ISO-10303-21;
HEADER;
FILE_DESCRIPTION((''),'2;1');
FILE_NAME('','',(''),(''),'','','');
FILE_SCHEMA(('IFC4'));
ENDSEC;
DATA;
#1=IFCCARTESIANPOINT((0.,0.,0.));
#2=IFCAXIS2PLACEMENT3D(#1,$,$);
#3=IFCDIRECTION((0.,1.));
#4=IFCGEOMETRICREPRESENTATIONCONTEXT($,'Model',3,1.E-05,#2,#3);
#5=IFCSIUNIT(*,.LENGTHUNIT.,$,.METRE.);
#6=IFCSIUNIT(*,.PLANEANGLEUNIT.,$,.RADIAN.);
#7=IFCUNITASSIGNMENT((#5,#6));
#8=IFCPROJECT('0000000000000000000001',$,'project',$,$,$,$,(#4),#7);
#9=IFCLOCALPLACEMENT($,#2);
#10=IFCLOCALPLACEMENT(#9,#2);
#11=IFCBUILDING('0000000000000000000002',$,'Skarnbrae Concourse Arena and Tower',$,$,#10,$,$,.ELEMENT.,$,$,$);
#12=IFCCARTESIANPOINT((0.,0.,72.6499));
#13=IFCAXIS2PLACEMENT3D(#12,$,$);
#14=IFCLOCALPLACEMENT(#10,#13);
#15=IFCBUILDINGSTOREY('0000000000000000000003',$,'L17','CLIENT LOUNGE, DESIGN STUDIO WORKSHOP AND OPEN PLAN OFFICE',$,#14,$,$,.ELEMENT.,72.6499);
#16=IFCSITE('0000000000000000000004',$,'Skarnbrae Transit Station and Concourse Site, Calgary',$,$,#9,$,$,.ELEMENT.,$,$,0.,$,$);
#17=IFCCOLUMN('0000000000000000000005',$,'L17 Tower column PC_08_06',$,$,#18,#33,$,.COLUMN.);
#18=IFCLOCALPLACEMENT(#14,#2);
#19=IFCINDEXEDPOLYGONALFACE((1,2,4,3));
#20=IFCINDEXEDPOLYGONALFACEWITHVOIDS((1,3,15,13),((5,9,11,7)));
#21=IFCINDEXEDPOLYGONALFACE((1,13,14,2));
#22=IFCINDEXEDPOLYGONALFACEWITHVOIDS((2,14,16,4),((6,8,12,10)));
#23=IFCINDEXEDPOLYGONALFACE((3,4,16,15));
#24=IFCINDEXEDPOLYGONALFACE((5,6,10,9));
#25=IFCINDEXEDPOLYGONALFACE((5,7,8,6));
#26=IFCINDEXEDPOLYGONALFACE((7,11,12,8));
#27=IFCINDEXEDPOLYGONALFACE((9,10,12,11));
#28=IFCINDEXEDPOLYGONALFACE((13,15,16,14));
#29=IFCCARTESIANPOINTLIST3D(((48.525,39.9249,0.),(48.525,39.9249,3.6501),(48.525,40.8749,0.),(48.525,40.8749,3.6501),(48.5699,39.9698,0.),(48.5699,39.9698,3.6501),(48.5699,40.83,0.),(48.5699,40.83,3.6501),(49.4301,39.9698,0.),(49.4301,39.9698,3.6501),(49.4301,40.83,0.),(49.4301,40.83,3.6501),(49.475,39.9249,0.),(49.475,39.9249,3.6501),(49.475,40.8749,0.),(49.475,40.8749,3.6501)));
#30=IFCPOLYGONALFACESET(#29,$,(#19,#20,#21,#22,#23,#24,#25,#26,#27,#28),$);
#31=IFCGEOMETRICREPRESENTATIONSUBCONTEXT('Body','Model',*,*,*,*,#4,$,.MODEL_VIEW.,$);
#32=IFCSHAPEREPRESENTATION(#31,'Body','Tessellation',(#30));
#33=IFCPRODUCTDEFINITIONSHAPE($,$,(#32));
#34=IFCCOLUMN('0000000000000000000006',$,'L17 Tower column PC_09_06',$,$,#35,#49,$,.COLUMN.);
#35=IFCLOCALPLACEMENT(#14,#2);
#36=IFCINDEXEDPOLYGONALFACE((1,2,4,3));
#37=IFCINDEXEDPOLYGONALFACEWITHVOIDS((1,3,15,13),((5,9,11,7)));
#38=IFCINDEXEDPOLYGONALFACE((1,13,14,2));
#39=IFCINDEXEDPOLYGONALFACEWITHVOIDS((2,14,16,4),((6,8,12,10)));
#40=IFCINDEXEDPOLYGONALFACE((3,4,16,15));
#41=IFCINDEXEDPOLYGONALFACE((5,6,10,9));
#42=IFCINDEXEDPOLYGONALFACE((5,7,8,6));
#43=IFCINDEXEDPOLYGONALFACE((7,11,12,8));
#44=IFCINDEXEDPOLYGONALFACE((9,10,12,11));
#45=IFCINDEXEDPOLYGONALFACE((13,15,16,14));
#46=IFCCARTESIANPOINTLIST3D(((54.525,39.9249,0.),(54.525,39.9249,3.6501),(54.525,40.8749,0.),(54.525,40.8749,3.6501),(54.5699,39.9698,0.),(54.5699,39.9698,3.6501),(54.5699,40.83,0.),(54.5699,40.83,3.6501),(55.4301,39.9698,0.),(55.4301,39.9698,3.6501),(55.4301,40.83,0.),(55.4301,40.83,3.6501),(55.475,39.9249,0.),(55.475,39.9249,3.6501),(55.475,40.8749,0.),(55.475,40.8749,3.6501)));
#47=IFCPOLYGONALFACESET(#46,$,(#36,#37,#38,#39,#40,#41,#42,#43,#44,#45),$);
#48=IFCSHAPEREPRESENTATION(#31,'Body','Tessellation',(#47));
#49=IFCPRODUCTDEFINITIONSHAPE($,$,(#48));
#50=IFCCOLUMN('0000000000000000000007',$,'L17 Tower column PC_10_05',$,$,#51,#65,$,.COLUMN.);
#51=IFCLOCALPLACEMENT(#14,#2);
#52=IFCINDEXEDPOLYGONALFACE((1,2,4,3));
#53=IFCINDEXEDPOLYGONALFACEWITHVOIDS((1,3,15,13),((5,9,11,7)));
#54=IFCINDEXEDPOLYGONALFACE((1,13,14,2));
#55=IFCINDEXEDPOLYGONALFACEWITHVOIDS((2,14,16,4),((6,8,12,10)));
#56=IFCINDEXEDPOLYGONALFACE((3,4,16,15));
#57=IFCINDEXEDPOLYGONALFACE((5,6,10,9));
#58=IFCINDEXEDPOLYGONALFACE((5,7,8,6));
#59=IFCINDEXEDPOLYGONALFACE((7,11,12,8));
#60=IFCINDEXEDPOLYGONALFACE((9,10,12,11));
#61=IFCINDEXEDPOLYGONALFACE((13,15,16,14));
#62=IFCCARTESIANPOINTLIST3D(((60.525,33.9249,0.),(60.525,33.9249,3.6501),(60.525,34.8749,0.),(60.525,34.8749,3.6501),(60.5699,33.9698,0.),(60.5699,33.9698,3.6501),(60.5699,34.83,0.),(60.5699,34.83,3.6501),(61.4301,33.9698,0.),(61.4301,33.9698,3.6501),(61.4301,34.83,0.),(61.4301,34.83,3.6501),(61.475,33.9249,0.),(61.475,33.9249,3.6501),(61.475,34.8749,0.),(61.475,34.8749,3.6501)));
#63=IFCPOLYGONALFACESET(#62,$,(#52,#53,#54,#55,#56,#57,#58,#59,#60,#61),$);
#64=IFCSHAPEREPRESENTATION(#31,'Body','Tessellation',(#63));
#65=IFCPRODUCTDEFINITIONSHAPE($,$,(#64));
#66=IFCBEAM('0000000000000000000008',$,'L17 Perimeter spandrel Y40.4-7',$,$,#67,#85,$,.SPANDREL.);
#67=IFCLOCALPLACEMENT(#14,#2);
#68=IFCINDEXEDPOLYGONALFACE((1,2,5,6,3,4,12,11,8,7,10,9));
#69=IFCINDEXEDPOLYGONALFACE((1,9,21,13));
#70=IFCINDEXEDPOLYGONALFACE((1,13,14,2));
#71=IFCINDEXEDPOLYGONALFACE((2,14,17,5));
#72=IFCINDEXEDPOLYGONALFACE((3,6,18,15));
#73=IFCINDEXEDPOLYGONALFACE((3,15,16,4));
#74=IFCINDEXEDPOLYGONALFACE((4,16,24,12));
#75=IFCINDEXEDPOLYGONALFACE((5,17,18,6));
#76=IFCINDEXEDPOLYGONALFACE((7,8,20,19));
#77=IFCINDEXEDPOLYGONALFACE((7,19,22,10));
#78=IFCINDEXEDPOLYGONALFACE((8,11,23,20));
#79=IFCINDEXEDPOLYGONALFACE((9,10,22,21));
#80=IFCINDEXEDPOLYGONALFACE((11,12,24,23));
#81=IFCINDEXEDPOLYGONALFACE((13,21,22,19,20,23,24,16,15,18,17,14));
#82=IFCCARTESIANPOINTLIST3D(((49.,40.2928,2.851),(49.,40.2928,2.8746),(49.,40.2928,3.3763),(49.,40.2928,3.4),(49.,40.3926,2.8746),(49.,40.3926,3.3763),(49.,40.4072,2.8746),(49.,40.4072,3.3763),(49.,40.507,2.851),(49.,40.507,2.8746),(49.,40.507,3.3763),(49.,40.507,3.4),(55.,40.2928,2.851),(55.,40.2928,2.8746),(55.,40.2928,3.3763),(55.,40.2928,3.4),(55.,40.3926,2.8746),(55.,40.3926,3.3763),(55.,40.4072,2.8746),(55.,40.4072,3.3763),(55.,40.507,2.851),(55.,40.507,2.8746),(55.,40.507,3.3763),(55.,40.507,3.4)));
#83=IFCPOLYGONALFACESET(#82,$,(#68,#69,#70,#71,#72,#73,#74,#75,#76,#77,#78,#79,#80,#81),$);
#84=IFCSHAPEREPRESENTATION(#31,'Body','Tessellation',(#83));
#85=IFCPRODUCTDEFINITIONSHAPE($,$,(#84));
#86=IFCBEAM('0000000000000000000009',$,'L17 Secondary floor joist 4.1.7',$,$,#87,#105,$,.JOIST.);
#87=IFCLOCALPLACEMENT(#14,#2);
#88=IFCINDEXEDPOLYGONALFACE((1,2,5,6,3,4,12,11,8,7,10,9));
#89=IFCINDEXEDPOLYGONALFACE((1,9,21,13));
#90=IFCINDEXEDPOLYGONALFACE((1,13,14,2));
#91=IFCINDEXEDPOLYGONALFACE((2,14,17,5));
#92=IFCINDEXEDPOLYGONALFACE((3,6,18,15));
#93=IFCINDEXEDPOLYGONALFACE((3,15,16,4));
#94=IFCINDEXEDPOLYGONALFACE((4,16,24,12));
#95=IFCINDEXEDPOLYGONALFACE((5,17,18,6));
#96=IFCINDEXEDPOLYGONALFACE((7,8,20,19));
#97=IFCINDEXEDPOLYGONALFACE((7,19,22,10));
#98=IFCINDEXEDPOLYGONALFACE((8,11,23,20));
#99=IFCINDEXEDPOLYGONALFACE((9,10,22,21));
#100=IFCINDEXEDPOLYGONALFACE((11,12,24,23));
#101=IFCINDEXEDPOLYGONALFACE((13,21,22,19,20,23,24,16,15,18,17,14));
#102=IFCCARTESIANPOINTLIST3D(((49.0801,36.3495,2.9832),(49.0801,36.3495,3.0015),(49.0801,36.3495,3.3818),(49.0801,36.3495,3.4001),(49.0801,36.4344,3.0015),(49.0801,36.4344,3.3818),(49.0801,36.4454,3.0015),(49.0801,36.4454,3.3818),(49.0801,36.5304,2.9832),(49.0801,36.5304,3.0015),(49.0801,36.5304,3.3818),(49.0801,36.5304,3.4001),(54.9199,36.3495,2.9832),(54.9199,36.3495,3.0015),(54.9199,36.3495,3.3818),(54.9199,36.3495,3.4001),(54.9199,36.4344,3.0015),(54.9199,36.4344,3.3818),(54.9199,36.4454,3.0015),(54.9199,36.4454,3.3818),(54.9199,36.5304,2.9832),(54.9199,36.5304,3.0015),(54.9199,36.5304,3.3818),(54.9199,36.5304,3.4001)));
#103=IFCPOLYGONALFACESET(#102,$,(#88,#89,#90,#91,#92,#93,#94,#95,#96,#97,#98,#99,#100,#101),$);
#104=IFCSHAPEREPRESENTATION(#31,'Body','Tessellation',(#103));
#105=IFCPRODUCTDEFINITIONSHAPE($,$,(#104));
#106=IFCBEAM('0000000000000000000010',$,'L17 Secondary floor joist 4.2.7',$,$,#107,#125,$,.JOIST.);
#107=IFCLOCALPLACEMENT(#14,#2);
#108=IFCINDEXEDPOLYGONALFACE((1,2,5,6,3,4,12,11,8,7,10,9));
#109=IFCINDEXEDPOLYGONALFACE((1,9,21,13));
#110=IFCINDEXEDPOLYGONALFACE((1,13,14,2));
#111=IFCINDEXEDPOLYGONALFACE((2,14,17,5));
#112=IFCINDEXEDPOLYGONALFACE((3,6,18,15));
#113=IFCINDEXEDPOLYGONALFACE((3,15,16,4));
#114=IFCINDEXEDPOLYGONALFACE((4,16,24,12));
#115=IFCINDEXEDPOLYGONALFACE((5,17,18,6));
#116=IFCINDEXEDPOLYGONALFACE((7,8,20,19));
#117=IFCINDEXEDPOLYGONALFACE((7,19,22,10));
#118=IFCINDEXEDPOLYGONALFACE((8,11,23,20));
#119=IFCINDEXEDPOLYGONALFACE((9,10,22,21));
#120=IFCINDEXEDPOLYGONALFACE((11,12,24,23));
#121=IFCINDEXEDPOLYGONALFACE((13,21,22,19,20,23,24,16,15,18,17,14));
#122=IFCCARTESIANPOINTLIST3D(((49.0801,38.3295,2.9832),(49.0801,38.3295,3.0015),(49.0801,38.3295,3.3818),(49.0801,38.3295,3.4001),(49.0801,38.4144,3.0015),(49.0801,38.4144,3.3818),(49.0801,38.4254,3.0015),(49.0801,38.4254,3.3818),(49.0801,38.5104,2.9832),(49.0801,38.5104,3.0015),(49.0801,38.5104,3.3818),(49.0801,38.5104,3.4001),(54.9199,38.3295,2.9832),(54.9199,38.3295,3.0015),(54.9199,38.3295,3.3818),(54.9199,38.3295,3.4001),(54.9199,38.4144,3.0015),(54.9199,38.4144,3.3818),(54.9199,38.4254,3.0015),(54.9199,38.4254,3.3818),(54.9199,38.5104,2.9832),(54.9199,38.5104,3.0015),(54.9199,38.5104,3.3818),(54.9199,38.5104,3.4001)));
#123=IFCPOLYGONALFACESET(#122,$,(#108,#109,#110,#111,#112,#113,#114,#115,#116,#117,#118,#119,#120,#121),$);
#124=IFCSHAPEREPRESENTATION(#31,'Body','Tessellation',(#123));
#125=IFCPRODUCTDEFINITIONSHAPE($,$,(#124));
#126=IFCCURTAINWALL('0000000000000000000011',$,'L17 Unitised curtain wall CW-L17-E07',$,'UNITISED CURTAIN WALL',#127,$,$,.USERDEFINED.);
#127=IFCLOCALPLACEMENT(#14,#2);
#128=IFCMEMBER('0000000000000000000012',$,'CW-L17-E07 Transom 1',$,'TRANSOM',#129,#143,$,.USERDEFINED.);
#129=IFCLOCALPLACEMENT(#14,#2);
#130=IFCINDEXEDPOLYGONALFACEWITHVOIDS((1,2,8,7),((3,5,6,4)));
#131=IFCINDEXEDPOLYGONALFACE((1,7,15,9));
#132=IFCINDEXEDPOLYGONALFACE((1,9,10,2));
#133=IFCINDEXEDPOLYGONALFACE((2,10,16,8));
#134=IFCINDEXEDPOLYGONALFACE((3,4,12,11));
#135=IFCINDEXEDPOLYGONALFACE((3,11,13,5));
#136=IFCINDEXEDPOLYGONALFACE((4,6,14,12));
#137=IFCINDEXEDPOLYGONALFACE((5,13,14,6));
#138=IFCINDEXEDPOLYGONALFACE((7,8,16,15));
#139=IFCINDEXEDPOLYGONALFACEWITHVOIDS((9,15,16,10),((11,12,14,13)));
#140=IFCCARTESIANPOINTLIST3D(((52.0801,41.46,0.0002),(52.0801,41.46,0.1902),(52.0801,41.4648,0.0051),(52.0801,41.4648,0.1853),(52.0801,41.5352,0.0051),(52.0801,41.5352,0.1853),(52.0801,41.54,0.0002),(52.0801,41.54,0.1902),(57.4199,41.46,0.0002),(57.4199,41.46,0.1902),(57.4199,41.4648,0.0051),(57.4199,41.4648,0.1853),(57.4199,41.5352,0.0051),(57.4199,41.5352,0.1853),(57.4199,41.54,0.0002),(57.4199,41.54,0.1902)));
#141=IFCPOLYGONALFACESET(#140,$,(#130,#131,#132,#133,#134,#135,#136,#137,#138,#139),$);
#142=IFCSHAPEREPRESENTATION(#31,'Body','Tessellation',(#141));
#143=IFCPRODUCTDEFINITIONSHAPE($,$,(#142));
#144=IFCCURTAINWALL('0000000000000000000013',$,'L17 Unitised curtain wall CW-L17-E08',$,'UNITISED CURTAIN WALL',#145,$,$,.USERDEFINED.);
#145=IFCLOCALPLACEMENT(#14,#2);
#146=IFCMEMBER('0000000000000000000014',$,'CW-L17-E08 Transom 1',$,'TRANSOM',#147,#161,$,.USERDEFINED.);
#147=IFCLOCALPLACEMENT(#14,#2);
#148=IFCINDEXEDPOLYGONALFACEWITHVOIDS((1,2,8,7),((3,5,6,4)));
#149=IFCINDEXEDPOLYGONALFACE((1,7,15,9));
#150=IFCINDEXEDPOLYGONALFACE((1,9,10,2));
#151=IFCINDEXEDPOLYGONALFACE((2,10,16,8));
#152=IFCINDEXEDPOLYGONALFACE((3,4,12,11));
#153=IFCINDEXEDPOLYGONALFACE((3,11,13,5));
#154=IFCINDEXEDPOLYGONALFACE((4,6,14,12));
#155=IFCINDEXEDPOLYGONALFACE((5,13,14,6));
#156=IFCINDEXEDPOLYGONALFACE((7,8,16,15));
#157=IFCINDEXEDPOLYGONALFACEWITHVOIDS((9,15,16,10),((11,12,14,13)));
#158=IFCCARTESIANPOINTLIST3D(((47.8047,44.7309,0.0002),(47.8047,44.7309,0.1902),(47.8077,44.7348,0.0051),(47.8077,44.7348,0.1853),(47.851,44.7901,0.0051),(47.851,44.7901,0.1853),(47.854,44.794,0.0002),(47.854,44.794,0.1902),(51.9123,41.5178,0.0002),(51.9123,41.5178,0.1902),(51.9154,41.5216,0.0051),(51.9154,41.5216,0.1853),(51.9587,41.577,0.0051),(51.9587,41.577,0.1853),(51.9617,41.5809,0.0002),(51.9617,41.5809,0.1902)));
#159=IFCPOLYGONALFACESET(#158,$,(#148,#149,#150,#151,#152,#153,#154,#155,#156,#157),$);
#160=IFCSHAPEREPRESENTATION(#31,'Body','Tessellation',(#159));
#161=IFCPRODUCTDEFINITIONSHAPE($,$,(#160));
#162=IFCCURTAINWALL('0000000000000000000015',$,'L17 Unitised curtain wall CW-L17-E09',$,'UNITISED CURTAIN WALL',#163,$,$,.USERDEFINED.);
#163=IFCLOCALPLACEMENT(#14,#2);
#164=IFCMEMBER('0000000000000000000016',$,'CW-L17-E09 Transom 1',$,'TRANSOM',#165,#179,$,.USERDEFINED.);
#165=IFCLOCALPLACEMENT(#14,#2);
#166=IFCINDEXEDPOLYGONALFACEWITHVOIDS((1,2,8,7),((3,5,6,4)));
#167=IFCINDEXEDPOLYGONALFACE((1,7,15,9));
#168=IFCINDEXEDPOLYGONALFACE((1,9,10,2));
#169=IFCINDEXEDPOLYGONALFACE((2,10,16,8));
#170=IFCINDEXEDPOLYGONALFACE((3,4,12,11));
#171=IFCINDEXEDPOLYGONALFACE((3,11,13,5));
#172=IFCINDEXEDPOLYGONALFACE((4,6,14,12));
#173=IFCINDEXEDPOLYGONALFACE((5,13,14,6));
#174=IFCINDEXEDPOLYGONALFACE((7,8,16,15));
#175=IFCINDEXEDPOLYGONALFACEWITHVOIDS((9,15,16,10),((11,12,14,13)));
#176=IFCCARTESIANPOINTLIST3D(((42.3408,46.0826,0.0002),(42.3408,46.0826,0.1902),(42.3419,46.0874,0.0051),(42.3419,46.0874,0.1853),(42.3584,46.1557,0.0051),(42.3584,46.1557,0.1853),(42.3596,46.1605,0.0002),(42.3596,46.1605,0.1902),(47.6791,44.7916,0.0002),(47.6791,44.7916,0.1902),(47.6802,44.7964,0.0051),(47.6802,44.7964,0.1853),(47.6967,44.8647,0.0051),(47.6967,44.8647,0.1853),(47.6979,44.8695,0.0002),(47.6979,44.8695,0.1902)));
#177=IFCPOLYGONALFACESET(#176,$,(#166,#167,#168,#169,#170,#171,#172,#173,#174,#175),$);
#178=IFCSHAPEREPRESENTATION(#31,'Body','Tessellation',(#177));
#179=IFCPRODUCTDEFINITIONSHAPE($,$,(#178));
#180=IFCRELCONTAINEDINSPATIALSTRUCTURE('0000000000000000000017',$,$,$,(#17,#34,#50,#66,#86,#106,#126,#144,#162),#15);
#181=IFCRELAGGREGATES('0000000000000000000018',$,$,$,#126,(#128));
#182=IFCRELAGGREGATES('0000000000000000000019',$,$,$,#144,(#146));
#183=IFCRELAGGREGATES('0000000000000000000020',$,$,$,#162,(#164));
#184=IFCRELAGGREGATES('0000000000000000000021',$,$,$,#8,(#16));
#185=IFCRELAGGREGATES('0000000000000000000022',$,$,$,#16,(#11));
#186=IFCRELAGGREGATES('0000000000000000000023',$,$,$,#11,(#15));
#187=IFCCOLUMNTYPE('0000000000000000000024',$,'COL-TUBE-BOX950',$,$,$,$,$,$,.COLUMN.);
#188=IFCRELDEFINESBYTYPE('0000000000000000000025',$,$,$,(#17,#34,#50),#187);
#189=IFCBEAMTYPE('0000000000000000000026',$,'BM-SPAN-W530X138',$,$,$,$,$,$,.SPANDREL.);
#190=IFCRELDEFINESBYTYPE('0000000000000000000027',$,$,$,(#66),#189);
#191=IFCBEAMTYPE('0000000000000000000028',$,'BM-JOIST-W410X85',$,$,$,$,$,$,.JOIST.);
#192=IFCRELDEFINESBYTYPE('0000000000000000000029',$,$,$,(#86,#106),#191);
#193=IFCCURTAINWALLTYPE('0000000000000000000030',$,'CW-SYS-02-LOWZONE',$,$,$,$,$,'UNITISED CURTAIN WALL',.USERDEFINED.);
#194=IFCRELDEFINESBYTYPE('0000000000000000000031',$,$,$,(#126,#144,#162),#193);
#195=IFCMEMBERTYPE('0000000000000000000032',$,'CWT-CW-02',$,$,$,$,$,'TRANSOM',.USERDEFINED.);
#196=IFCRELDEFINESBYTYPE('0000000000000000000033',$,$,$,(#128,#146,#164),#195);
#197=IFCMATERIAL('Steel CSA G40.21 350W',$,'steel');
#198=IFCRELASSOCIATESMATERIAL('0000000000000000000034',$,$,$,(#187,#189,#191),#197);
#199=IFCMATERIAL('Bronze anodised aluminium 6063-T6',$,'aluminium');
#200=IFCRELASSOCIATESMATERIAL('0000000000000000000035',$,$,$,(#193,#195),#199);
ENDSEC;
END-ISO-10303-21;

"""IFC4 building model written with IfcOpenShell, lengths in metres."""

from ifc_helpers import new_model, si_unit, direction, frame, origin, origin_2d, place, context, subcontext, project, spatial, hollow_rectangle, i_section, extrude, source, transform, mapped, material, material_profile, profile_set, type_object, element, aggregate, save


model = new_model("IFC4")

# Units and contexts
model_context = context("Model", 3, precision=1e-05, world=origin(), true_north=direction((0.0, 1.0)))
body_context = subcontext(model_context, "Body", "Model", "MODEL_VIEW")
ifc_project = project(units=[si_unit("LENGTHUNIT", "METRE"), si_unit("PLANEANGLEUNIT", "RADIAN")], contexts=[model_context])

# Site, building, storey
site_placement = place(None, origin())
site = spatial("IfcSite", under=ifc_project, at=site_placement, Name="Skarnbrae Transit Station and Concourse Site, Calgary", CompositionType="ELEMENT", RefElevation=0.0)
building_placement = place(site_placement, origin())
building = spatial("IfcBuilding", under=site, at=building_placement, Name="Skarnbrae Concourse Arena and Tower", CompositionType="ELEMENT")
storey_placement = place(building_placement, frame((0.0, 0.0, 72.6499)))
storey = spatial("IfcBuildingStorey", under=building, at=storey_placement, Name="L17", Description="CLIENT LOUNGE, DESIGN STUDIO WORKSHOP AND OPEN PLAN OFFICE", CompositionType="ELEMENT", Elevation=72.6499)

# Columns
ifc_material_1 = material(Name="Steel CSA G40.21 350W", Category="steel")
ifc_material_profile_1 = material_profile(ifc_material_1, hollow_rectangle(XDim=0.95, YDim=0.95, WallThickness=0.0449, at=origin_2d()), Name="BOX950X950X45")
ifc_profile_set_1 = profile_set([ifc_material_profile_1], Name="Steel CSA G40.21 350W")
column_type = type_object("IfcColumnType", Name="COL-TUBE-BOX950", PredefinedType="COLUMN", material=ifc_profile_set_1)
shared_shape_1 = source(origin(), body_context, "Body", "SweptSolid", [
    extrude(hollow_rectangle(XDim=0.95, YDim=0.95, WallThickness=0.0449, at=origin_2d()), origin(), (0.0, 0.0, 1.0), 3.6501),
])
for number, where, z_axis, x_axis, name in (
    (1, (49.0, 40.3999, 0.0), (0.0, 0.0, 1.0), (1.0, 0.0, 0.0), "L17 Tower column PC_08_06"),
    (2, (55.0, 40.3999, 0.0), (0.0, 0.0, 1.0), (1.0, 0.0, 0.0), "L17 Tower column PC_09_06"),
    (3, (61.0, 34.3999, 0.0), (0.0, 0.0, 1.0), (1.0, 0.0, 0.0), "L17 Tower column PC_10_05"),
):
    element("IfcColumn", number, at=place(storey_placement, frame(where, z_axis=z_axis, x_axis=x_axis)), inside=storey, type_object=column_type, Name=name, PredefinedType="COLUMN", context=body_context, shape_type="MappedRepresentation", body=[
        mapped(shared_shape_1, transform((0.0, 0.0, 0.0))),
    ])

# Beams
ifc_material_profile_2 = material_profile(ifc_material_1, i_section(OverallWidth=0.2141, OverallDepth=0.5491, WebThickness=0.0146, FlangeThickness=0.0237, at=origin_2d()), Name="W530X138")
ifc_profile_set_2 = profile_set([ifc_material_profile_2], Name="Steel CSA G40.21 350W")
beam_type_1 = type_object("IfcBeamType", Name="BM-SPAN-W530X138", PredefinedType="SPANDREL", material=ifc_profile_set_2)
shared_shape_2 = source(origin(), body_context, "Body", "SweptSolid", [
    extrude(i_section(OverallWidth=0.2141, OverallDepth=0.5491, WebThickness=0.0146, FlangeThickness=0.0237, at=origin_2d()), origin(), (0.0, 0.0, 1.0), 6.0),
])
beam_placement = place(storey_placement, frame((49.0, 40.3999, 3.1255), z_axis=(1.0, 0.0, 0.0), x_axis=(0.0, 1.0, 0.0)))
element("IfcBeam", 4, at=beam_placement, inside=storey, type_object=beam_type_1, Name="L17 Perimeter spandrel Y40.4-7", PredefinedType="SPANDREL", context=body_context, shape_type="MappedRepresentation", body=[
    mapped(shared_shape_2, transform((0.0, 0.0, 0.0))),
])
ifc_material_profile_3 = material_profile(ifc_material_1, i_section(OverallWidth=0.1809, OverallDepth=0.417, WebThickness=0.011, FlangeThickness=0.0183, at=origin_2d()), Name="W410X85")
ifc_profile_set_3 = profile_set([ifc_material_profile_3], Name="Steel CSA G40.21 350W")
beam_type_2 = type_object("IfcBeamType", Name="BM-JOIST-W410X85", PredefinedType="JOIST", material=ifc_profile_set_3)
shared_shape_3 = source(origin(), body_context, "Body", "SweptSolid", [
    extrude(i_section(OverallWidth=0.1809, OverallDepth=0.417, WebThickness=0.011, FlangeThickness=0.0183, at=origin_2d()), origin(), (0.0, 0.0, 1.0), 5.8398),
])
for number, where, z_axis, x_axis, name in (
    (5, (49.0801, 36.4399, 3.1917), (1.0, 0.0, 0.0), (0.0, 1.0, 0.0), "L17 Secondary floor joist 4.1.7"),
    (6, (49.0801, 38.4199, 3.1917), (1.0, 0.0, 0.0), (0.0, 1.0, 0.0), "L17 Secondary floor joist 4.2.7"),
):
    element("IfcBeam", number, at=place(storey_placement, frame(where, z_axis=z_axis, x_axis=x_axis)), inside=storey, type_object=beam_type_2, Name=name, PredefinedType="JOIST", context=body_context, shape_type="MappedRepresentation", body=[
        mapped(shared_shape_3, transform((0.0, 0.0, 0.0))),
    ])

# Curtain walls, members
ifc_material_2 = material(Name="Bronze anodised aluminium 6063-T6", Category="aluminium")
curtain_wall_type = type_object("IfcCurtainWallType", Name="CW-SYS-02-LOWZONE", ElementType="UNITISED CURTAIN WALL", PredefinedType="USERDEFINED", material=ifc_material_2)
curtain_wall_1_placement = place(storey_placement, origin())
curtain_wall_1 = element("IfcCurtainWall", 7, at=curtain_wall_1_placement, inside=storey, type_object=curtain_wall_type, Name="L17 Unitised curtain wall CW-L17-E07", ObjectType="UNITISED CURTAIN WALL", PredefinedType="USERDEFINED")
ifc_material_profile_4 = material_profile(ifc_material_2, hollow_rectangle(XDim=0.0801, YDim=0.1899, WallThickness=0.0049, at=origin_2d()), Name="ALU-TRAN-80X190")
ifc_profile_set_4 = profile_set([ifc_material_profile_4], Name="Bronze anodised aluminium 6063-T6")
member_type_1 = type_object("IfcMemberType", Name="CWT-CW-02", ElementType="TRANSOM", PredefinedType="USERDEFINED", material=ifc_profile_set_4)
shared_shape_4 = source(origin(), body_context, "Body", "SweptSolid", [
    extrude(hollow_rectangle(XDim=0.0801, YDim=0.1899, WallThickness=0.0049, at=origin_2d()), origin(), (0.0, 0.0, 1.0), 5.3398),
])
member_1_placement = place(storey_placement, frame((57.4199, 41.5, 0.0952), z_axis=(-1.0, 0.0, 0.0), x_axis=(0.0, -1.0, 0.0)))
member_1 = element("IfcMember", 8, at=member_1_placement, type_object=member_type_1, Name="CW-L17-E07 Transom 1", ObjectType="TRANSOM", PredefinedType="USERDEFINED", context=body_context, shape_type="MappedRepresentation", body=[
    mapped(shared_shape_4, transform((0.0, 0.0, 0.0))),
])
curtain_wall_2_placement = place(storey_placement, origin())
curtain_wall_2 = element("IfcCurtainWall", 9, at=curtain_wall_2_placement, inside=storey, type_object=curtain_wall_type, Name="L17 Unitised curtain wall CW-L17-E08", ObjectType="UNITISED CURTAIN WALL", PredefinedType="USERDEFINED")
shared_shape_5 = source(origin(), body_context, "Body", "SweptSolid", [
    extrude(hollow_rectangle(XDim=0.0801, YDim=0.1899, WallThickness=0.0049, at=origin_2d()), origin(), (0.0, 0.0, 1.0), 5.2151),
])
member_2_placement = place(storey_placement, frame((51.937, 41.5493, 0.0952), z_axis=(-0.78765, 0.616123, 0.0), x_axis=(-0.616123, -0.78765, 0.0)))
member_2 = element("IfcMember", 10, at=member_2_placement, type_object=member_type_1, Name="CW-L17-E08 Transom 1", ObjectType="TRANSOM", PredefinedType="USERDEFINED", context=body_context, shape_type="MappedRepresentation", body=[
    mapped(shared_shape_5, transform((0.0, 0.0, 0.0))),
])
curtain_wall_3_placement = place(storey_placement, origin())
curtain_wall_3 = element("IfcCurtainWall", 11, at=curtain_wall_3_placement, inside=storey, type_object=curtain_wall_type, Name="L17 Unitised curtain wall CW-L17-E09", ObjectType="UNITISED CURTAIN WALL", PredefinedType="USERDEFINED")
shared_shape_6 = source(origin(), body_context, "Body", "SweptSolid", [
    extrude(hollow_rectangle(XDim=0.0801, YDim=0.1899, WallThickness=0.0049, at=origin_2d()), origin(), (0.0, 0.0, 1.0), 5.4922),
])
member_3_placement = place(storey_placement, frame((47.6885, 44.8306, 0.0952), z_axis=(-0.971981, 0.235061, 0.0), x_axis=(-0.235061, -0.971981, 0.0)))
member_3 = element("IfcMember", 12, at=member_3_placement, type_object=member_type_1, Name="CW-L17-E09 Transom 1", ObjectType="TRANSOM", PredefinedType="USERDEFINED", context=body_context, shape_type="MappedRepresentation", body=[
    mapped(shared_shape_6, transform((0.0, 0.0, 0.0))),
])

aggregate(curtain_wall_1, [member_1])
aggregate(curtain_wall_2, [member_2])
aggregate(curtain_wall_3, [member_3])

save(model, "model.ifc")
